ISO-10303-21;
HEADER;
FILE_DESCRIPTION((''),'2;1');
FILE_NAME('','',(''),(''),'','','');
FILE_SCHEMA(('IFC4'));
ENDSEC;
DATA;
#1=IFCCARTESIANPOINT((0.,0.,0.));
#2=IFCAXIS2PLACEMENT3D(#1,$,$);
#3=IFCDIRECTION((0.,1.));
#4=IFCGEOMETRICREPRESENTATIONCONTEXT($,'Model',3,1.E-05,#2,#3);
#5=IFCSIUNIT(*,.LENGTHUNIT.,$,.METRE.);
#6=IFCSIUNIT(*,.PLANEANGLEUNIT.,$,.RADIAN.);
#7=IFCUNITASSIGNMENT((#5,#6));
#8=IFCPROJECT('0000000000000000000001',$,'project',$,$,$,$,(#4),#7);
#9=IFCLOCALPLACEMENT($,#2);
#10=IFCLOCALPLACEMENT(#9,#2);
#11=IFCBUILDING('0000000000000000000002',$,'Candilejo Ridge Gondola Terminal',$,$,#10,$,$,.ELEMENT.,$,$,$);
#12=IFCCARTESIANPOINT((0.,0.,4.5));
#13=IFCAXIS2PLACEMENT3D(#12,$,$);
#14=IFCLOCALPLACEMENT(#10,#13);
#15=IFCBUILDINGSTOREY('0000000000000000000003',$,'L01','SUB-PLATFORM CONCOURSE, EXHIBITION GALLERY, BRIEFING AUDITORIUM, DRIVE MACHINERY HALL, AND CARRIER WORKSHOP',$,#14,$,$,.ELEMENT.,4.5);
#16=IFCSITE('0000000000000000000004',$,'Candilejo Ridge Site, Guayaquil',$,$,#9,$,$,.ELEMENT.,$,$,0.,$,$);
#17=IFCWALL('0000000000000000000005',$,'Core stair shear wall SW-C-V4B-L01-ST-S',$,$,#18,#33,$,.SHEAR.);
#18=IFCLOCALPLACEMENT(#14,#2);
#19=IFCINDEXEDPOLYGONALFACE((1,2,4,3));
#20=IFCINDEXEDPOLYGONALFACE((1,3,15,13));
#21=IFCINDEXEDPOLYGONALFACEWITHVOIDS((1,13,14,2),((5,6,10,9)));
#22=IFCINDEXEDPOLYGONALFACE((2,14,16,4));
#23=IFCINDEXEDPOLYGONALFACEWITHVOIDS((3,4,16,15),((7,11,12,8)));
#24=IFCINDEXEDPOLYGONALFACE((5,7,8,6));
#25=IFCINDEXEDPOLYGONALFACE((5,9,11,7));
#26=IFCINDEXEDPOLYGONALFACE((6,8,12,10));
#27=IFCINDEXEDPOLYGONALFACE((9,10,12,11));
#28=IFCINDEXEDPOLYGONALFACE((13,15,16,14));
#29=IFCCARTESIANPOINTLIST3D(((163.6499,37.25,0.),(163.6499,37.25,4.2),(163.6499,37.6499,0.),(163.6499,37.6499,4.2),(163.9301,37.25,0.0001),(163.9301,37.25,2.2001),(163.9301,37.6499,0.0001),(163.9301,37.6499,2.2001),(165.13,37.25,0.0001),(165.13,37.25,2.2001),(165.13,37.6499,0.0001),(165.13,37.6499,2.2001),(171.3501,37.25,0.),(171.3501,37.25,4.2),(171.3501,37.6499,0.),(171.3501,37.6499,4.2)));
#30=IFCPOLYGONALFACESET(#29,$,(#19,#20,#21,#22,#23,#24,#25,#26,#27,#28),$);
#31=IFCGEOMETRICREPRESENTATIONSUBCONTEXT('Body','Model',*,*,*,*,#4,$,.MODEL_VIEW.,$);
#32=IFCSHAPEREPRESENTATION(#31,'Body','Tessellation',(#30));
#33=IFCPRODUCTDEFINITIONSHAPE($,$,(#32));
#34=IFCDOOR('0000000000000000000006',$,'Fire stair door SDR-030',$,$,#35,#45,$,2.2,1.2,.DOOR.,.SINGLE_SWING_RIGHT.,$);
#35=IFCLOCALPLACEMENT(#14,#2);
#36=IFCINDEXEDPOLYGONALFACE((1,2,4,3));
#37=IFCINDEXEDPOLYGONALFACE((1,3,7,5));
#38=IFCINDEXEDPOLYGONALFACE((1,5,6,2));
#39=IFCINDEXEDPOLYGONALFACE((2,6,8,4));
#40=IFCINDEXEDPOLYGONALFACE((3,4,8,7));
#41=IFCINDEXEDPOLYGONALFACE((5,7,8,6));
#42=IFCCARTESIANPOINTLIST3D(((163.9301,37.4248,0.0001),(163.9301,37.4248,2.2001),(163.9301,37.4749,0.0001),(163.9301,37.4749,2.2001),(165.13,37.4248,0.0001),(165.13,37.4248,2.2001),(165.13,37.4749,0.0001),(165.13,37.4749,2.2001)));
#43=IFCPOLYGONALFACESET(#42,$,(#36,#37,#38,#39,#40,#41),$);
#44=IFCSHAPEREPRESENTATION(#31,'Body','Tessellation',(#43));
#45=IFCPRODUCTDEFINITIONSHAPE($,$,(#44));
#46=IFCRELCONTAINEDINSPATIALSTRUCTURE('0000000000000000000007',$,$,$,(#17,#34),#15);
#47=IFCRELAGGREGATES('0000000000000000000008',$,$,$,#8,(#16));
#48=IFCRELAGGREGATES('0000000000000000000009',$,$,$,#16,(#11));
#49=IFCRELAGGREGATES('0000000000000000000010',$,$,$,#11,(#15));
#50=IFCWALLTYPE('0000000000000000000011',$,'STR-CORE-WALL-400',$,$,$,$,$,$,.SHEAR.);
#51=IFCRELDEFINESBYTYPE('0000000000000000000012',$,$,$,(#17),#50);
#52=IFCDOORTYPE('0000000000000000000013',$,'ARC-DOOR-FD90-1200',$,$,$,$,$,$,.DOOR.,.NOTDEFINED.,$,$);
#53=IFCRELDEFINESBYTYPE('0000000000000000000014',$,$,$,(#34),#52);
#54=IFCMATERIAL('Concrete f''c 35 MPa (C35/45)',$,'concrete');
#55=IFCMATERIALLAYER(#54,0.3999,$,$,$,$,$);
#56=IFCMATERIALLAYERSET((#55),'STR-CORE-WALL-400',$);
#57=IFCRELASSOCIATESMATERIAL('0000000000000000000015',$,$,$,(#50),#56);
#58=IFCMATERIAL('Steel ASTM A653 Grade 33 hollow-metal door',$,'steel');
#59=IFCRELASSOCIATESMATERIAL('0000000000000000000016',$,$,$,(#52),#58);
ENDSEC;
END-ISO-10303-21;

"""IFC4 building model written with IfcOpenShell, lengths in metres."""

from ifc_helpers import new_model, si_unit, direction, frame, frame_2d, origin, place, context, subcontext, project, spatial, rectangle, extrude, material, layer, layer_set, type_object, element, fill, save


model = new_model("IFC4")

# Units and contexts
model_context = context("Model", 3, precision=1e-05, world=origin(), true_north=direction((0.0, 1.0)))
body_context = subcontext(model_context, "Body", "Model", "MODEL_VIEW")
ifc_project = project(units=[si_unit("LENGTHUNIT", "METRE"), si_unit("PLANEANGLEUNIT", "RADIAN")], contexts=[model_context])

# Site, building, storey
site_placement = place(None, origin())
site = spatial("IfcSite", under=ifc_project, at=site_placement, Name="Candilejo Ridge Site, Guayaquil", CompositionType="ELEMENT", RefElevation=0.0)
building_placement = place(site_placement, origin())
building = spatial("IfcBuilding", under=site, at=building_placement, Name="Candilejo Ridge Gondola Terminal", CompositionType="ELEMENT")
storey_placement = place(building_placement, frame((0.0, 0.0, 4.5)))
storey = spatial("IfcBuildingStorey", under=building, at=storey_placement, Name="L01", Description="SUB-PLATFORM CONCOURSE, EXHIBITION GALLERY, BRIEFING AUDITORIUM, DRIVE MACHINERY HALL, AND CARRIER WORKSHOP", CompositionType="ELEMENT", Elevation=4.5)

# Wall, opening, door
ifc_material_1 = material(Name="Concrete f'c 35 MPa (C35/45)", Category="concrete")
ifc_layer_1 = layer(ifc_material_1, 0.3999)
ifc_layer_set_1 = layer_set([ifc_layer_1], Name="STR-CORE-WALL-400")
wall_type_1 = type_object("IfcWallType", Name="STR-CORE-WALL-400", PredefinedType="SHEAR", material=ifc_layer_set_1)
wall_1_placement = place(storey_placement, frame((163.6499, 37.45, 0.0), z_axis=(0.0, 0.0, 1.0), x_axis=(1.0, 0.0, 0.0)))
wall_1 = element("IfcWall", 1, at=wall_1_placement, inside=storey, type_object=wall_type_1, Name="Core stair shear wall SW-C-V4B-L01-ST-S", PredefinedType="SHEAR", context=body_context, shape_type="SweptSolid", body=[
    extrude(rectangle(XDim=7.7002, YDim=0.3999, at=frame_2d((3.8501, 0.0))), origin(), (0.0, 0.0, 1.0), 4.2),
])
opening_placement = place(wall_1_placement, frame((0.28, 0.0, 0.0)))
opening = element("IfcOpeningElement", 2, at=opening_placement, cuts=wall_1, PredefinedType="OPENING", context=body_context, shape_type="SweptSolid", body=[
    extrude(rectangle(XDim=1.2, YDim=2.2, at=frame_2d((0.6001, 1.1001))), frame((0.0, 0.21, 0.0), z_axis=(0.0, -1.0, 0.0), x_axis=(1.0, 0.0, 0.0)), (0.0, 0.0, 1.0), 0.4199),
])
ifc_material_2 = material(Name="Steel ASTM A653 Grade 33 hollow-metal door", Category="steel")
door_type = type_object("IfcDoorType", Name="ARC-DOOR-FD90-1200", OperationType="NOTDEFINED", PredefinedType="DOOR", material=ifc_material_2)
door_placement = place(opening_placement, origin())
door = element("IfcDoor", 3, at=door_placement, inside=storey, type_object=door_type, Name="Fire stair door SDR-030", OperationType="SINGLE_SWING_RIGHT", OverallHeight=2.2, OverallWidth=1.2, PredefinedType="DOOR", context=body_context, shape_type="SweptSolid", body=[
    extrude(rectangle(XDim=1.2, YDim=2.2, at=frame_2d((0.6001, 1.1001))), frame((0.0, 0.0249, 0.0), z_axis=(0.0, -1.0, 0.0), x_axis=(1.0, 0.0, 0.0)), (0.0, 0.0, 1.0), 0.05),
])
fill(opening, door)

save(model, "model.ifc")
